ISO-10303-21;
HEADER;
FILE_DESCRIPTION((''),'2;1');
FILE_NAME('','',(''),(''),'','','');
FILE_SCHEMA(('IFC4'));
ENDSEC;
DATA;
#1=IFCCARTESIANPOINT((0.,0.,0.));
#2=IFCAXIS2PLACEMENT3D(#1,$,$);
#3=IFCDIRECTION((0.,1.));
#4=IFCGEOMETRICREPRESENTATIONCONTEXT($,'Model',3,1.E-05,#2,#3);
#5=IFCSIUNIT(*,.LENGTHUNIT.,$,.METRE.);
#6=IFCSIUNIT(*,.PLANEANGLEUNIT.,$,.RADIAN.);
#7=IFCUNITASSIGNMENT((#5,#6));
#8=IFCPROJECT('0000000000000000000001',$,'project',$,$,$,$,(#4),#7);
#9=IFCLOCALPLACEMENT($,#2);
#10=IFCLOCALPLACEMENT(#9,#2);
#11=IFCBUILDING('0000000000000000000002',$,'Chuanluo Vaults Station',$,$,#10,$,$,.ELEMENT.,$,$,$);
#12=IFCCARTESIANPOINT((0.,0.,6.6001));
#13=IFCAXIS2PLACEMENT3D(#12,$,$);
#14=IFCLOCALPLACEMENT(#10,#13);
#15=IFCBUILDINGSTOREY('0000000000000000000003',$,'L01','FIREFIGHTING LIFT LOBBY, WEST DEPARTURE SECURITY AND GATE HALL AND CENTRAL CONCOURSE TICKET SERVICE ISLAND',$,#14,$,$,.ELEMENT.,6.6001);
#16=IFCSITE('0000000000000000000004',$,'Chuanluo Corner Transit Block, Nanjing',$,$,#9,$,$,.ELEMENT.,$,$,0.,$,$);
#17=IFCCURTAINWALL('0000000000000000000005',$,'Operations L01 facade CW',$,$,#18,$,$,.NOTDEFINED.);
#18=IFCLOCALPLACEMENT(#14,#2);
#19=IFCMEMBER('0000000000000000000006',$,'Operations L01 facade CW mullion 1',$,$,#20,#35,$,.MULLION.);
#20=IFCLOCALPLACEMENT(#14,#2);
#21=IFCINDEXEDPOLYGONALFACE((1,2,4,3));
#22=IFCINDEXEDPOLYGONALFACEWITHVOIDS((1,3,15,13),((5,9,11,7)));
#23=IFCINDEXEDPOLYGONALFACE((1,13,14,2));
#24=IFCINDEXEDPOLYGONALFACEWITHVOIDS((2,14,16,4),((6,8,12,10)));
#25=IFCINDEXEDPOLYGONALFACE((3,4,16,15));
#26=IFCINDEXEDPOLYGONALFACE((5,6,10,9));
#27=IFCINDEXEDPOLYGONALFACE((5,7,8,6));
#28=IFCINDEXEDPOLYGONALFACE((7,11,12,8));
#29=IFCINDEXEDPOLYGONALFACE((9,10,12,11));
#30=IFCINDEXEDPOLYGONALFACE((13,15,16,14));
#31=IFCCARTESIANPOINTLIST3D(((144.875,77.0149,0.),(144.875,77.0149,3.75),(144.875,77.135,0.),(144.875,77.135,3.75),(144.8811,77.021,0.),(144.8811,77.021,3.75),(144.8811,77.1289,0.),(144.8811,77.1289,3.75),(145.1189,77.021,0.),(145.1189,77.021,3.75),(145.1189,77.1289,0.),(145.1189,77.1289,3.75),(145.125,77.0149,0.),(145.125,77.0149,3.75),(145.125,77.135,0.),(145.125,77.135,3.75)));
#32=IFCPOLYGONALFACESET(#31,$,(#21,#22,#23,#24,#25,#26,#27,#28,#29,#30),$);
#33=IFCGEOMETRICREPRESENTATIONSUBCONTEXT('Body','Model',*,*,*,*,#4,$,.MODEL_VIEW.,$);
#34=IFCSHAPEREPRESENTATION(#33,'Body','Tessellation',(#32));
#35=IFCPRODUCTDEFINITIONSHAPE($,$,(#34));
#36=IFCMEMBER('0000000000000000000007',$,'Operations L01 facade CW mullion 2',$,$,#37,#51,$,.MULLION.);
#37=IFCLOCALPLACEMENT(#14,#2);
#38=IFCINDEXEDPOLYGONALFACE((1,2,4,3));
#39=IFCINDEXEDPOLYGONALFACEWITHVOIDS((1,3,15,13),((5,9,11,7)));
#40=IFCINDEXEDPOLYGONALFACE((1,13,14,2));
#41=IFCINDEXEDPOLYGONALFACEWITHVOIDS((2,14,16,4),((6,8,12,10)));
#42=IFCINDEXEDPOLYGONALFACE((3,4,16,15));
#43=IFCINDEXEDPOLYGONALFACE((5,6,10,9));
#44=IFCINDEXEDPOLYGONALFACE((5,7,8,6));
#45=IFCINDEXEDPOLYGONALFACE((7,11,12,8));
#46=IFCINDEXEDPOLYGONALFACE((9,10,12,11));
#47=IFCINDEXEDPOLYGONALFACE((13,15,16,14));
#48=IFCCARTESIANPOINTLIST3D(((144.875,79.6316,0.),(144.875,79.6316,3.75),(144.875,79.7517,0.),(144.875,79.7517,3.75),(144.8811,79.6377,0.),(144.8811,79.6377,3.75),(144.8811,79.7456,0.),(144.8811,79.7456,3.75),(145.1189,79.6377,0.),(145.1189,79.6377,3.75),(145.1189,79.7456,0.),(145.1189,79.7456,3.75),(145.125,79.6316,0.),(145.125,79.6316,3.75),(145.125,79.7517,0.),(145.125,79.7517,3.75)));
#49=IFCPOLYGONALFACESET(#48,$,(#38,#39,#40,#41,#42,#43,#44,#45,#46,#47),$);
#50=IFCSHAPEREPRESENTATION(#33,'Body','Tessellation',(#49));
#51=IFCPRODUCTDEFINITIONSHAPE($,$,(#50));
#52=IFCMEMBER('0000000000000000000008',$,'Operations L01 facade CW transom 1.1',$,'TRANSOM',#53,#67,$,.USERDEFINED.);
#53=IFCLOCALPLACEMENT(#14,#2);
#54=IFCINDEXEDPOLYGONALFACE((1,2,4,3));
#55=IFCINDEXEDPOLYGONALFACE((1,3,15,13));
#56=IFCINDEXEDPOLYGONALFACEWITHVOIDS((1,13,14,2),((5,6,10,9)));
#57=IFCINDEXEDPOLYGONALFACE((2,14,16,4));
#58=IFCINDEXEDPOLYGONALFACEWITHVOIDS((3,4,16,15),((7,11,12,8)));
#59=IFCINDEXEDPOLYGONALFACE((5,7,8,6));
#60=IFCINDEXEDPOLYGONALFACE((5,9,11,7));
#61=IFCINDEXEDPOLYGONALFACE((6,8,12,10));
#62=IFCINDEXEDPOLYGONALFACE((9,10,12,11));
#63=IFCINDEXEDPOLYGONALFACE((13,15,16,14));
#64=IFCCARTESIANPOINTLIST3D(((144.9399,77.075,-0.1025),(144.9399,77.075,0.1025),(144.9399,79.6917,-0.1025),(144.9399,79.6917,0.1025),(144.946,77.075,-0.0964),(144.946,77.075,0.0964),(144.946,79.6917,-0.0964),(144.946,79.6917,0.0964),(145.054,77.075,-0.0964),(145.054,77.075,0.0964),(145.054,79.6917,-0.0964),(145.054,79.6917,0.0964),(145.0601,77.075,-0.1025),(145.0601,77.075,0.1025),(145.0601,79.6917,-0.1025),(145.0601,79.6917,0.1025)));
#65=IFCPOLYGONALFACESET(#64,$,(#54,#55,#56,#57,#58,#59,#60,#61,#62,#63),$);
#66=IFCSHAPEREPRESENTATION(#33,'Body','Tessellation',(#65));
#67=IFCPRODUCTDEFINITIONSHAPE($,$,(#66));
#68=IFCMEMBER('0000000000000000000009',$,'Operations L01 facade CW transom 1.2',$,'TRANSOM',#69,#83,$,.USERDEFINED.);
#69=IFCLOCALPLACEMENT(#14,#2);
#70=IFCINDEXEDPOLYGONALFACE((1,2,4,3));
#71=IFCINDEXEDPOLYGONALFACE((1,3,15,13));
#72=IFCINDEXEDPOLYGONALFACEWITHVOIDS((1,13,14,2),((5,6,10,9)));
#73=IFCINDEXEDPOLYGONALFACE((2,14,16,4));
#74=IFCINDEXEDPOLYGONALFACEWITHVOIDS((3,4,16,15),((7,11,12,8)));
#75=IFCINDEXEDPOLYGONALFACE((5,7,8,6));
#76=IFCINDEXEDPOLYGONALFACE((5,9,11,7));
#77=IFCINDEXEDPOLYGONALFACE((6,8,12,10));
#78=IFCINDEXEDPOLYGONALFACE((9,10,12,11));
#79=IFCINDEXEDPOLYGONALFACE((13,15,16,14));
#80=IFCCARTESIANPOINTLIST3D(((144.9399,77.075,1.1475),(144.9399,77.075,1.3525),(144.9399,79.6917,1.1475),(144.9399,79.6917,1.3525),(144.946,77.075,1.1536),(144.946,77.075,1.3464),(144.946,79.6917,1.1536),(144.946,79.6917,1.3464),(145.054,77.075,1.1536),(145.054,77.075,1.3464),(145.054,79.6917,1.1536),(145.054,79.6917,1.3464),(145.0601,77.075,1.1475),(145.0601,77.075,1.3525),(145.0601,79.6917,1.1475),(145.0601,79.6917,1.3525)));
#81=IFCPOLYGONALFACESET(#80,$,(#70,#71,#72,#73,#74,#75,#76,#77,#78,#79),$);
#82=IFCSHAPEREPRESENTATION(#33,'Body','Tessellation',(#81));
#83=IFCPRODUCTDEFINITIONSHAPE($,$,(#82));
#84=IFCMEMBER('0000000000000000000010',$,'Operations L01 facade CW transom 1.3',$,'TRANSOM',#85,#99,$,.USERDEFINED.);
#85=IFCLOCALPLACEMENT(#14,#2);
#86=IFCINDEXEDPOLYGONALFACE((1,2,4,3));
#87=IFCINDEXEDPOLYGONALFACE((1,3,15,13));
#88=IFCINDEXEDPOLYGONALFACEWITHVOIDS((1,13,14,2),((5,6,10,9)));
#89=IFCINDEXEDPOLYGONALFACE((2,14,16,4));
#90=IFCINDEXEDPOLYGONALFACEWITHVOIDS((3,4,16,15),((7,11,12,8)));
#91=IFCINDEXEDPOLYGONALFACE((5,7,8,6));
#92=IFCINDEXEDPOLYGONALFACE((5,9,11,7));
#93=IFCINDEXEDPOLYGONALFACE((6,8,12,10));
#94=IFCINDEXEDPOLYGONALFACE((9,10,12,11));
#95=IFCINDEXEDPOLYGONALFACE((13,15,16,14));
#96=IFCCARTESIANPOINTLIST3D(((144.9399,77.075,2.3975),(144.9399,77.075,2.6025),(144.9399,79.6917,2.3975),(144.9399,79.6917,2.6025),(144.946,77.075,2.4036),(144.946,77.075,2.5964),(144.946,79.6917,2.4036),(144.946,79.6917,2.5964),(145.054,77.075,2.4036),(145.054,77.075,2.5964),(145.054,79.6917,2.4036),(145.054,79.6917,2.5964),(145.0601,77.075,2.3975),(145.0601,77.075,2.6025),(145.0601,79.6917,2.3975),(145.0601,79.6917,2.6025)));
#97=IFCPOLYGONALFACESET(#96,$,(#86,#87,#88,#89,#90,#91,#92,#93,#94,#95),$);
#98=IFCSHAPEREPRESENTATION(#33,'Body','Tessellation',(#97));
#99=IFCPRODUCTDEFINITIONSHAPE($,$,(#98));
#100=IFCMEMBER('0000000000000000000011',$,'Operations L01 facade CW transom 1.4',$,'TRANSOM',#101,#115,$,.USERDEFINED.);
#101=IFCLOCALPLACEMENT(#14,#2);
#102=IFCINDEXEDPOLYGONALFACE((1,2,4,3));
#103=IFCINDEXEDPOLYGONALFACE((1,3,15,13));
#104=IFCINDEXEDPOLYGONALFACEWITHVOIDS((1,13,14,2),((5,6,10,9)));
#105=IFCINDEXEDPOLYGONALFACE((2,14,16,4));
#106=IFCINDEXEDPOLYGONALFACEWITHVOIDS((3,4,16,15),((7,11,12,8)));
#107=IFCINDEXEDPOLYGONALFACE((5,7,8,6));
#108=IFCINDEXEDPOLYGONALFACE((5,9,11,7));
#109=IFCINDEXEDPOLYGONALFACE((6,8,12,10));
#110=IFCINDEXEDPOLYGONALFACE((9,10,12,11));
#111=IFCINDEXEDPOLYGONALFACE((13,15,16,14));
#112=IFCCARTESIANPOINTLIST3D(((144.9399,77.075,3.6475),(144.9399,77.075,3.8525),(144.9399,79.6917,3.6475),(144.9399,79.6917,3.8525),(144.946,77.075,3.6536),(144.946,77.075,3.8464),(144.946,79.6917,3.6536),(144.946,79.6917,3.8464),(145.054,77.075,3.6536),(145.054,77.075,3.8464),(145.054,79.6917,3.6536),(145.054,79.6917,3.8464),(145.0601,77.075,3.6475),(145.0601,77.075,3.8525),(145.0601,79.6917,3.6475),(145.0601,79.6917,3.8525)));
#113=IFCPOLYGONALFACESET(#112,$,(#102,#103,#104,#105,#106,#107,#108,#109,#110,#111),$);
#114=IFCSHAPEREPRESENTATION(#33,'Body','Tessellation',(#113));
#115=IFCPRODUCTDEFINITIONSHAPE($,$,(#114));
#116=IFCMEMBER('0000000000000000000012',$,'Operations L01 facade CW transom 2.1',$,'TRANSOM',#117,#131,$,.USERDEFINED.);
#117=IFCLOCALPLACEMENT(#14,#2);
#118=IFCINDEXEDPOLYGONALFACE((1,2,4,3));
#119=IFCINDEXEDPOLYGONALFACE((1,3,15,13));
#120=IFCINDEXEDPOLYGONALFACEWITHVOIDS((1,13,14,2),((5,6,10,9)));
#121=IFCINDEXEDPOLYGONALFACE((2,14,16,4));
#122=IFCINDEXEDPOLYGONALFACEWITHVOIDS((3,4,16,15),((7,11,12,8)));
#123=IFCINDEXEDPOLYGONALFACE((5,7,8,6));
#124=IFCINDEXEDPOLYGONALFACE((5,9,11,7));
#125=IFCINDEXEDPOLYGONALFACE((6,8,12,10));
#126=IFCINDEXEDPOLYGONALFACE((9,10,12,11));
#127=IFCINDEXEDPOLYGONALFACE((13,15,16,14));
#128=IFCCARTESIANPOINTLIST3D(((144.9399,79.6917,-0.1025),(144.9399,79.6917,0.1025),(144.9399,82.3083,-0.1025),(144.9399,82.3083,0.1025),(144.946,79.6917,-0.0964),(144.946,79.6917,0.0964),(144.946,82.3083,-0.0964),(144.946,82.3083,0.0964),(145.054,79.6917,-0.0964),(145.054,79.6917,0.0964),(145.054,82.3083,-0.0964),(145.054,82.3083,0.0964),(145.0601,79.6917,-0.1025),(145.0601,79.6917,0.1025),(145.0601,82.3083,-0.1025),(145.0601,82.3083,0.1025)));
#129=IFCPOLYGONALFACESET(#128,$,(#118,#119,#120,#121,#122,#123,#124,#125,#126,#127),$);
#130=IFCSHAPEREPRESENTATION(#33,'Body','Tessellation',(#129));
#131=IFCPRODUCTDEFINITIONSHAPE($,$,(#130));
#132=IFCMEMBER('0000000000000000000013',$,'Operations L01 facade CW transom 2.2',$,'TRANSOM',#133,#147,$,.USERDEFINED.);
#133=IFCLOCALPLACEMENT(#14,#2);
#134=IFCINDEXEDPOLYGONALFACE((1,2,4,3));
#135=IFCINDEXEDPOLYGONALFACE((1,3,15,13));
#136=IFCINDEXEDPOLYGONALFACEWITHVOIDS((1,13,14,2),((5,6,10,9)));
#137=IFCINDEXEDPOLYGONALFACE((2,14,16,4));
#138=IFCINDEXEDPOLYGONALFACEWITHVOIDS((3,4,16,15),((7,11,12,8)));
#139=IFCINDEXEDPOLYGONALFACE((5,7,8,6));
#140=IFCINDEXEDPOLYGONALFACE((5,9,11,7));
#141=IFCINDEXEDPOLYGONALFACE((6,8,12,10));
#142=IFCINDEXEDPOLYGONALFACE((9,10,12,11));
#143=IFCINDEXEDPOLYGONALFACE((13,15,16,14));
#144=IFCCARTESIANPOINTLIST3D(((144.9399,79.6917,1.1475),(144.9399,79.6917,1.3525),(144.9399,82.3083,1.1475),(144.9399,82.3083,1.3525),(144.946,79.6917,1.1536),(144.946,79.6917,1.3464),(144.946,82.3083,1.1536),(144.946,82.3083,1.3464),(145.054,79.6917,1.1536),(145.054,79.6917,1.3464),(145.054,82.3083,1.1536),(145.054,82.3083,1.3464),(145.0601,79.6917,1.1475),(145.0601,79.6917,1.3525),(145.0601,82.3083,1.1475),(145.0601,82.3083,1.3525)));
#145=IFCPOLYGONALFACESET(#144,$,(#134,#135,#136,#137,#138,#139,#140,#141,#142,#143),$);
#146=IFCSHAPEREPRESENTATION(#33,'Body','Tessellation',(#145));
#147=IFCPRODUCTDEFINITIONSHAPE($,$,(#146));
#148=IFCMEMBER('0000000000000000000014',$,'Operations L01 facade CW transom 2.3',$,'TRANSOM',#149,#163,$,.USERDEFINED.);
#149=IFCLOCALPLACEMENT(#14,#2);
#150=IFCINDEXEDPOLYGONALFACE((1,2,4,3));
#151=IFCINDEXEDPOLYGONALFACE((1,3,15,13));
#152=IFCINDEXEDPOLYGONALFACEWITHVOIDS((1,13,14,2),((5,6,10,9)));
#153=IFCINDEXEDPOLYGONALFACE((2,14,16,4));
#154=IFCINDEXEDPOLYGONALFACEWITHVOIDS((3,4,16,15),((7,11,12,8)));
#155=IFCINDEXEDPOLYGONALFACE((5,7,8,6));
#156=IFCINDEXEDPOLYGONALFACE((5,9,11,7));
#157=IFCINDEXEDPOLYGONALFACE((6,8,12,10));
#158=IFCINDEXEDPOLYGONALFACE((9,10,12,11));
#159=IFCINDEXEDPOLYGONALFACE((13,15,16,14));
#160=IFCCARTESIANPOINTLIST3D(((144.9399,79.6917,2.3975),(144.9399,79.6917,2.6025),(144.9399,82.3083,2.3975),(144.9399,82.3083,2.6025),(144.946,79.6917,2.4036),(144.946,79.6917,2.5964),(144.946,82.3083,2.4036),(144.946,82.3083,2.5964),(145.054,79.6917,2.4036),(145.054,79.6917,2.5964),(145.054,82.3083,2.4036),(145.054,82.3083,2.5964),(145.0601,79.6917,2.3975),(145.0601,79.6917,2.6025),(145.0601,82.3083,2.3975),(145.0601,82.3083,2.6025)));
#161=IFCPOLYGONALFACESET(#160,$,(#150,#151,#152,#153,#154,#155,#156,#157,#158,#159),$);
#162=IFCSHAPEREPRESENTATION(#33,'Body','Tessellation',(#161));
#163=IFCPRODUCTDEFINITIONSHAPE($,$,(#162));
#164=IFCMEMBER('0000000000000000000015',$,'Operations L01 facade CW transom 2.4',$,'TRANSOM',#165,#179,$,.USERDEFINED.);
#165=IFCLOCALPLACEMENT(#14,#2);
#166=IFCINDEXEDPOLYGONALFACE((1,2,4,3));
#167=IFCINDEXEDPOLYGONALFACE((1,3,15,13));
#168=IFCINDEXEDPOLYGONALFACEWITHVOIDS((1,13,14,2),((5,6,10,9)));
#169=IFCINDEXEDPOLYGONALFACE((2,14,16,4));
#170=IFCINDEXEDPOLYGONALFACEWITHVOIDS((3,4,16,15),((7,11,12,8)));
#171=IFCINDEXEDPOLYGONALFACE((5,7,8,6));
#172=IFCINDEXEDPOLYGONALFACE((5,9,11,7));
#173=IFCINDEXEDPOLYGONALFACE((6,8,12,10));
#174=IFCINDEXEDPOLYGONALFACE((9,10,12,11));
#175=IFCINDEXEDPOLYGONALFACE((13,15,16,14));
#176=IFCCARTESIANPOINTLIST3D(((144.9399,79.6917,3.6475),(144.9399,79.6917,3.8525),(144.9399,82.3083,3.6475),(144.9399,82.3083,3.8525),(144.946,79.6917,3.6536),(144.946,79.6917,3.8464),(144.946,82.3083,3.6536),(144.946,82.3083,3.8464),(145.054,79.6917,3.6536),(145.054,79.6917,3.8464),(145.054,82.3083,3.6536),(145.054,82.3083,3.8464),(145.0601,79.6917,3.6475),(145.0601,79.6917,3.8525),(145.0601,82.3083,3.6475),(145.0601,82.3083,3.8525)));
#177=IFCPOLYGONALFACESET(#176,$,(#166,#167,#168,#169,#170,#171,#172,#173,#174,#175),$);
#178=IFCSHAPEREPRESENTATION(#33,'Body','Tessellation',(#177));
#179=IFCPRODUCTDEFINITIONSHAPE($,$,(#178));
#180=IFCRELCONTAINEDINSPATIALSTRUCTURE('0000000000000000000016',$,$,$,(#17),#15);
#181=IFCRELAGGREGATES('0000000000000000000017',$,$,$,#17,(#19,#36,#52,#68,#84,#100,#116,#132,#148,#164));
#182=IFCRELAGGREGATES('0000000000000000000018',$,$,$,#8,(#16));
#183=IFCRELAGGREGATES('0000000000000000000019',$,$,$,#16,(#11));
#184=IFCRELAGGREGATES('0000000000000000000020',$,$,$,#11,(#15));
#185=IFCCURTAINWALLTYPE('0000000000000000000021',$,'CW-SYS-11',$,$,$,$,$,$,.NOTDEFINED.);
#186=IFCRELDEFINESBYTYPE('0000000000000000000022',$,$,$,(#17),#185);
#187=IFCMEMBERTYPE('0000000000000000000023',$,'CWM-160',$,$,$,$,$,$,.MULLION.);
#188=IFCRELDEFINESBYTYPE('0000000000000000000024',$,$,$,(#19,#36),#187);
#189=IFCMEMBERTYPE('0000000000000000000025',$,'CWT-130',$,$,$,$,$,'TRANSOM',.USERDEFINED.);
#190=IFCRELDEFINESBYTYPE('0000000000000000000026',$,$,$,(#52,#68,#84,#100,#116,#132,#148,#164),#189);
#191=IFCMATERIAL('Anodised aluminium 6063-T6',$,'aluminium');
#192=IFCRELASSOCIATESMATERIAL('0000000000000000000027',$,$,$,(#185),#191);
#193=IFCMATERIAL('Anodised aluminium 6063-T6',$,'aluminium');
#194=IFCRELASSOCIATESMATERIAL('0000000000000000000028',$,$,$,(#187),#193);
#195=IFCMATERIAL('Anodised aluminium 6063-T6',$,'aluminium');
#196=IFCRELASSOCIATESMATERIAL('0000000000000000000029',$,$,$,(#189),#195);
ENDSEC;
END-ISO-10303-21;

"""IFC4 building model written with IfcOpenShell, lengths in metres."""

from ifc_helpers import new_model, si_unit, direction, frame, origin, origin_2d, place, context, subcontext, project, spatial, hollow_rectangle, extrude, material, material_profile, profile_set, type_object, element, aggregate, save


model = new_model("IFC4")

# Units and contexts
model_context = context("Model", 3, precision=1e-05, world=origin(), true_north=direction((0.0, 1.0)))
body_context = subcontext(model_context, "Body", "Model", "MODEL_VIEW")
ifc_project = project(units=[si_unit("LENGTHUNIT", "METRE"), si_unit("PLANEANGLEUNIT", "RADIAN")], contexts=[model_context])

# Site, building, storey
site_placement = place(None, origin())
site = spatial("IfcSite", under=ifc_project, at=site_placement, Name="Chuanluo Corner Transit Block, Nanjing", CompositionType="ELEMENT", RefElevation=0.0)
building_placement = place(site_placement, origin())
building = spatial("IfcBuilding", under=site, at=building_placement, Name="Chuanluo Vaults Station", CompositionType="ELEMENT")
storey_placement = place(building_placement, frame((0.0, 0.0, 6.6001)))
storey = spatial("IfcBuildingStorey", under=building, at=storey_placement, Name="L01", Description="FIREFIGHTING LIFT LOBBY, WEST DEPARTURE SECURITY AND GATE HALL AND CENTRAL CONCOURSE TICKET SERVICE ISLAND", CompositionType="ELEMENT", Elevation=6.6001)

# Curtain wall, members
ifc_material_1 = material(Name="Anodised aluminium 6063-T6", Category="aluminium")
curtain_wall_type = type_object("IfcCurtainWallType", Name="CW-SYS-11", PredefinedType="NOTDEFINED", material=ifc_material_1)
curtain_wall_placement = place(storey_placement, origin())
curtain_wall = element("IfcCurtainWall", 1, at=curtain_wall_placement, inside=storey, type_object=curtain_wall_type, Name="Operations L01 facade CW", PredefinedType="NOTDEFINED")
ifc_material_2 = material(Name="Anodised aluminium 6063-T6", Category="aluminium")
ifc_material_profile_1 = material_profile(ifc_material_2, hollow_rectangle(XDim=0.1201, YDim=0.25, WallThickness=0.0061, at=origin_2d()))
ifc_profile_set_1 = profile_set([ifc_material_profile_1], Name="Anodised aluminium 6063-T6")
member_type_1 = type_object("IfcMemberType", Name="CWM-160", PredefinedType="MULLION", material=ifc_profile_set_1)
member_1_placement = place(storey_placement, frame((145.0, 77.075, 0.0), z_axis=(0.0, 0.0, 1.0), x_axis=(0.0, 1.0, 0.0)))
member_1 = element("IfcMember", 2, at=member_1_placement, type_object=member_type_1, Name="Operations L01 facade CW mullion 1", PredefinedType="MULLION", context=body_context, shape_type="SweptSolid", body=[
    extrude(hollow_rectangle(XDim=0.1201, YDim=0.25, WallThickness=0.0061, at=origin_2d()), origin(), (0.0, 0.0, 1.0), 3.75),
])
member_2_placement = place(storey_placement, frame((145.0, 79.6917, 0.0), z_axis=(0.0, 0.0, 1.0), x_axis=(0.0, 1.0, 0.0)))
member_2 = element("IfcMember", 3, at=member_2_placement, type_object=member_type_1, Name="Operations L01 facade CW mullion 2", PredefinedType="MULLION", context=body_context, shape_type="SweptSolid", body=[
    extrude(hollow_rectangle(XDim=0.1201, YDim=0.25, WallThickness=0.0061, at=origin_2d()), origin(), (0.0, 0.0, 1.0), 3.75),
])
ifc_material_3 = material(Name="Anodised aluminium 6063-T6", Category="aluminium")
ifc_material_profile_2 = material_profile(ifc_material_3, hollow_rectangle(XDim=0.1201, YDim=0.2051, WallThickness=0.0061, at=origin_2d()))
ifc_profile_set_2 = profile_set([ifc_material_profile_2], Name="Anodised aluminium 6063-T6")
member_type_2 = type_object("IfcMemberType", Name="CWT-130", ElementType="TRANSOM", PredefinedType="USERDEFINED", material=ifc_profile_set_2)
member_3_placement = place(storey_placement, frame((145.0, 77.075, 0.0), z_axis=(0.0, 1.0, 0.0), x_axis=(-1.0, 0.0, 0.0)))
member_3 = element("IfcMember", 4, at=member_3_placement, type_object=member_type_2, Name="Operations L01 facade CW transom 1.1", ObjectType="TRANSOM", PredefinedType="USERDEFINED", context=body_context, shape_type="SweptSolid", body=[
    extrude(hollow_rectangle(XDim=0.1201, YDim=0.2051, WallThickness=0.0061, at=origin_2d()), origin(), (0.0, 0.0, 1.0), 2.6167),
])
member_4_placement = place(storey_placement, frame((145.0, 77.075, 1.25), z_axis=(0.0, 1.0, 0.0), x_axis=(-1.0, 0.0, 0.0)))
member_4 = element("IfcMember", 5, at=member_4_placement, type_object=member_type_2, Name="Operations L01 facade CW transom 1.2", ObjectType="TRANSOM", PredefinedType="USERDEFINED", context=body_context, shape_type="SweptSolid", body=[
    extrude(hollow_rectangle(XDim=0.1201, YDim=0.2051, WallThickness=0.0061, at=origin_2d()), origin(), (0.0, 0.0, 1.0), 2.6167),
])
member_5_placement = place(storey_placement, frame((145.0, 77.075, 2.5), z_axis=(0.0, 1.0, 0.0), x_axis=(-1.0, 0.0, 0.0)))
member_5 = element("IfcMember", 6, at=member_5_placement, type_object=member_type_2, Name="Operations L01 facade CW transom 1.3", ObjectType="TRANSOM", PredefinedType="USERDEFINED", context=body_context, shape_type="SweptSolid", body=[
    extrude(hollow_rectangle(XDim=0.1201, YDim=0.2051, WallThickness=0.0061, at=origin_2d()), origin(), (0.0, 0.0, 1.0), 2.6167),
])
member_6_placement = place(storey_placement, frame((145.0, 77.075, 3.75), z_axis=(0.0, 1.0, 0.0), x_axis=(-1.0, 0.0, 0.0)))
member_6 = element("IfcMember", 7, at=member_6_placement, type_object=member_type_2, Name="Operations L01 facade CW transom 1.4", ObjectType="TRANSOM", PredefinedType="USERDEFINED", context=body_context, shape_type="SweptSolid", body=[
    extrude(hollow_rectangle(XDim=0.1201, YDim=0.2051, WallThickness=0.0061, at=origin_2d()), origin(), (0.0, 0.0, 1.0), 2.6167),
])
member_7_placement = place(storey_placement, frame((145.0, 79.6917, 0.0), z_axis=(0.0, 1.0, 0.0), x_axis=(-1.0, 0.0, 0.0)))
member_7 = element("IfcMember", 8, at=member_7_placement, type_object=member_type_2, Name="Operations L01 facade CW transom 2.1", ObjectType="TRANSOM", PredefinedType="USERDEFINED", context=body_context, shape_type="SweptSolid", body=[
    extrude(hollow_rectangle(XDim=0.1201, YDim=0.2051, WallThickness=0.0061, at=origin_2d()), origin(), (0.0, 0.0, 1.0), 2.6167),
])
member_8_placement = place(storey_placement, frame((145.0, 79.6917, 1.25), z_axis=(0.0, 1.0, 0.0), x_axis=(-1.0, 0.0, 0.0)))
member_8 = element("IfcMember", 9, at=member_8_placement, type_object=member_type_2, Name="Operations L01 facade CW transom 2.2", ObjectType="TRANSOM", PredefinedType="USERDEFINED", context=body_context, shape_type="SweptSolid", body=[
    extrude(hollow_rectangle(XDim=0.1201, YDim=0.2051, WallThickness=0.0061, at=origin_2d()), origin(), (0.0, 0.0, 1.0), 2.6167),
])
member_9_placement = place(storey_placement, frame((145.0, 79.6917, 2.5), z_axis=(0.0, 1.0, 0.0), x_axis=(-1.0, 0.0, 0.0)))
member_9 = element("IfcMember", 10, at=member_9_placement, type_object=member_type_2, Name="Operations L01 facade CW transom 2.3", ObjectType="TRANSOM", PredefinedType="USERDEFINED", context=body_context, shape_type="SweptSolid", body=[
    extrude(hollow_rectangle(XDim=0.1201, YDim=0.2051, WallThickness=0.0061, at=origin_2d()), origin(), (0.0, 0.0, 1.0), 2.6167),
])
member_10_placement = place(storey_placement, frame((145.0, 79.6917, 3.75), z_axis=(0.0, 1.0, 0.0), x_axis=(-1.0, 0.0, 0.0)))
member_10 = element("IfcMember", 11, at=member_10_placement, type_object=member_type_2, Name="Operations L01 facade CW transom 2.4", ObjectType="TRANSOM", PredefinedType="USERDEFINED", context=body_context, shape_type="SweptSolid", body=[
    extrude(hollow_rectangle(XDim=0.1201, YDim=0.2051, WallThickness=0.0061, at=origin_2d()), origin(), (0.0, 0.0, 1.0), 2.6167),
])

aggregate(curtain_wall, [member_1, member_2, member_3, member_4, member_5, member_6, member_7, member_8, member_9, member_10])

save(model, "model.ifc")
